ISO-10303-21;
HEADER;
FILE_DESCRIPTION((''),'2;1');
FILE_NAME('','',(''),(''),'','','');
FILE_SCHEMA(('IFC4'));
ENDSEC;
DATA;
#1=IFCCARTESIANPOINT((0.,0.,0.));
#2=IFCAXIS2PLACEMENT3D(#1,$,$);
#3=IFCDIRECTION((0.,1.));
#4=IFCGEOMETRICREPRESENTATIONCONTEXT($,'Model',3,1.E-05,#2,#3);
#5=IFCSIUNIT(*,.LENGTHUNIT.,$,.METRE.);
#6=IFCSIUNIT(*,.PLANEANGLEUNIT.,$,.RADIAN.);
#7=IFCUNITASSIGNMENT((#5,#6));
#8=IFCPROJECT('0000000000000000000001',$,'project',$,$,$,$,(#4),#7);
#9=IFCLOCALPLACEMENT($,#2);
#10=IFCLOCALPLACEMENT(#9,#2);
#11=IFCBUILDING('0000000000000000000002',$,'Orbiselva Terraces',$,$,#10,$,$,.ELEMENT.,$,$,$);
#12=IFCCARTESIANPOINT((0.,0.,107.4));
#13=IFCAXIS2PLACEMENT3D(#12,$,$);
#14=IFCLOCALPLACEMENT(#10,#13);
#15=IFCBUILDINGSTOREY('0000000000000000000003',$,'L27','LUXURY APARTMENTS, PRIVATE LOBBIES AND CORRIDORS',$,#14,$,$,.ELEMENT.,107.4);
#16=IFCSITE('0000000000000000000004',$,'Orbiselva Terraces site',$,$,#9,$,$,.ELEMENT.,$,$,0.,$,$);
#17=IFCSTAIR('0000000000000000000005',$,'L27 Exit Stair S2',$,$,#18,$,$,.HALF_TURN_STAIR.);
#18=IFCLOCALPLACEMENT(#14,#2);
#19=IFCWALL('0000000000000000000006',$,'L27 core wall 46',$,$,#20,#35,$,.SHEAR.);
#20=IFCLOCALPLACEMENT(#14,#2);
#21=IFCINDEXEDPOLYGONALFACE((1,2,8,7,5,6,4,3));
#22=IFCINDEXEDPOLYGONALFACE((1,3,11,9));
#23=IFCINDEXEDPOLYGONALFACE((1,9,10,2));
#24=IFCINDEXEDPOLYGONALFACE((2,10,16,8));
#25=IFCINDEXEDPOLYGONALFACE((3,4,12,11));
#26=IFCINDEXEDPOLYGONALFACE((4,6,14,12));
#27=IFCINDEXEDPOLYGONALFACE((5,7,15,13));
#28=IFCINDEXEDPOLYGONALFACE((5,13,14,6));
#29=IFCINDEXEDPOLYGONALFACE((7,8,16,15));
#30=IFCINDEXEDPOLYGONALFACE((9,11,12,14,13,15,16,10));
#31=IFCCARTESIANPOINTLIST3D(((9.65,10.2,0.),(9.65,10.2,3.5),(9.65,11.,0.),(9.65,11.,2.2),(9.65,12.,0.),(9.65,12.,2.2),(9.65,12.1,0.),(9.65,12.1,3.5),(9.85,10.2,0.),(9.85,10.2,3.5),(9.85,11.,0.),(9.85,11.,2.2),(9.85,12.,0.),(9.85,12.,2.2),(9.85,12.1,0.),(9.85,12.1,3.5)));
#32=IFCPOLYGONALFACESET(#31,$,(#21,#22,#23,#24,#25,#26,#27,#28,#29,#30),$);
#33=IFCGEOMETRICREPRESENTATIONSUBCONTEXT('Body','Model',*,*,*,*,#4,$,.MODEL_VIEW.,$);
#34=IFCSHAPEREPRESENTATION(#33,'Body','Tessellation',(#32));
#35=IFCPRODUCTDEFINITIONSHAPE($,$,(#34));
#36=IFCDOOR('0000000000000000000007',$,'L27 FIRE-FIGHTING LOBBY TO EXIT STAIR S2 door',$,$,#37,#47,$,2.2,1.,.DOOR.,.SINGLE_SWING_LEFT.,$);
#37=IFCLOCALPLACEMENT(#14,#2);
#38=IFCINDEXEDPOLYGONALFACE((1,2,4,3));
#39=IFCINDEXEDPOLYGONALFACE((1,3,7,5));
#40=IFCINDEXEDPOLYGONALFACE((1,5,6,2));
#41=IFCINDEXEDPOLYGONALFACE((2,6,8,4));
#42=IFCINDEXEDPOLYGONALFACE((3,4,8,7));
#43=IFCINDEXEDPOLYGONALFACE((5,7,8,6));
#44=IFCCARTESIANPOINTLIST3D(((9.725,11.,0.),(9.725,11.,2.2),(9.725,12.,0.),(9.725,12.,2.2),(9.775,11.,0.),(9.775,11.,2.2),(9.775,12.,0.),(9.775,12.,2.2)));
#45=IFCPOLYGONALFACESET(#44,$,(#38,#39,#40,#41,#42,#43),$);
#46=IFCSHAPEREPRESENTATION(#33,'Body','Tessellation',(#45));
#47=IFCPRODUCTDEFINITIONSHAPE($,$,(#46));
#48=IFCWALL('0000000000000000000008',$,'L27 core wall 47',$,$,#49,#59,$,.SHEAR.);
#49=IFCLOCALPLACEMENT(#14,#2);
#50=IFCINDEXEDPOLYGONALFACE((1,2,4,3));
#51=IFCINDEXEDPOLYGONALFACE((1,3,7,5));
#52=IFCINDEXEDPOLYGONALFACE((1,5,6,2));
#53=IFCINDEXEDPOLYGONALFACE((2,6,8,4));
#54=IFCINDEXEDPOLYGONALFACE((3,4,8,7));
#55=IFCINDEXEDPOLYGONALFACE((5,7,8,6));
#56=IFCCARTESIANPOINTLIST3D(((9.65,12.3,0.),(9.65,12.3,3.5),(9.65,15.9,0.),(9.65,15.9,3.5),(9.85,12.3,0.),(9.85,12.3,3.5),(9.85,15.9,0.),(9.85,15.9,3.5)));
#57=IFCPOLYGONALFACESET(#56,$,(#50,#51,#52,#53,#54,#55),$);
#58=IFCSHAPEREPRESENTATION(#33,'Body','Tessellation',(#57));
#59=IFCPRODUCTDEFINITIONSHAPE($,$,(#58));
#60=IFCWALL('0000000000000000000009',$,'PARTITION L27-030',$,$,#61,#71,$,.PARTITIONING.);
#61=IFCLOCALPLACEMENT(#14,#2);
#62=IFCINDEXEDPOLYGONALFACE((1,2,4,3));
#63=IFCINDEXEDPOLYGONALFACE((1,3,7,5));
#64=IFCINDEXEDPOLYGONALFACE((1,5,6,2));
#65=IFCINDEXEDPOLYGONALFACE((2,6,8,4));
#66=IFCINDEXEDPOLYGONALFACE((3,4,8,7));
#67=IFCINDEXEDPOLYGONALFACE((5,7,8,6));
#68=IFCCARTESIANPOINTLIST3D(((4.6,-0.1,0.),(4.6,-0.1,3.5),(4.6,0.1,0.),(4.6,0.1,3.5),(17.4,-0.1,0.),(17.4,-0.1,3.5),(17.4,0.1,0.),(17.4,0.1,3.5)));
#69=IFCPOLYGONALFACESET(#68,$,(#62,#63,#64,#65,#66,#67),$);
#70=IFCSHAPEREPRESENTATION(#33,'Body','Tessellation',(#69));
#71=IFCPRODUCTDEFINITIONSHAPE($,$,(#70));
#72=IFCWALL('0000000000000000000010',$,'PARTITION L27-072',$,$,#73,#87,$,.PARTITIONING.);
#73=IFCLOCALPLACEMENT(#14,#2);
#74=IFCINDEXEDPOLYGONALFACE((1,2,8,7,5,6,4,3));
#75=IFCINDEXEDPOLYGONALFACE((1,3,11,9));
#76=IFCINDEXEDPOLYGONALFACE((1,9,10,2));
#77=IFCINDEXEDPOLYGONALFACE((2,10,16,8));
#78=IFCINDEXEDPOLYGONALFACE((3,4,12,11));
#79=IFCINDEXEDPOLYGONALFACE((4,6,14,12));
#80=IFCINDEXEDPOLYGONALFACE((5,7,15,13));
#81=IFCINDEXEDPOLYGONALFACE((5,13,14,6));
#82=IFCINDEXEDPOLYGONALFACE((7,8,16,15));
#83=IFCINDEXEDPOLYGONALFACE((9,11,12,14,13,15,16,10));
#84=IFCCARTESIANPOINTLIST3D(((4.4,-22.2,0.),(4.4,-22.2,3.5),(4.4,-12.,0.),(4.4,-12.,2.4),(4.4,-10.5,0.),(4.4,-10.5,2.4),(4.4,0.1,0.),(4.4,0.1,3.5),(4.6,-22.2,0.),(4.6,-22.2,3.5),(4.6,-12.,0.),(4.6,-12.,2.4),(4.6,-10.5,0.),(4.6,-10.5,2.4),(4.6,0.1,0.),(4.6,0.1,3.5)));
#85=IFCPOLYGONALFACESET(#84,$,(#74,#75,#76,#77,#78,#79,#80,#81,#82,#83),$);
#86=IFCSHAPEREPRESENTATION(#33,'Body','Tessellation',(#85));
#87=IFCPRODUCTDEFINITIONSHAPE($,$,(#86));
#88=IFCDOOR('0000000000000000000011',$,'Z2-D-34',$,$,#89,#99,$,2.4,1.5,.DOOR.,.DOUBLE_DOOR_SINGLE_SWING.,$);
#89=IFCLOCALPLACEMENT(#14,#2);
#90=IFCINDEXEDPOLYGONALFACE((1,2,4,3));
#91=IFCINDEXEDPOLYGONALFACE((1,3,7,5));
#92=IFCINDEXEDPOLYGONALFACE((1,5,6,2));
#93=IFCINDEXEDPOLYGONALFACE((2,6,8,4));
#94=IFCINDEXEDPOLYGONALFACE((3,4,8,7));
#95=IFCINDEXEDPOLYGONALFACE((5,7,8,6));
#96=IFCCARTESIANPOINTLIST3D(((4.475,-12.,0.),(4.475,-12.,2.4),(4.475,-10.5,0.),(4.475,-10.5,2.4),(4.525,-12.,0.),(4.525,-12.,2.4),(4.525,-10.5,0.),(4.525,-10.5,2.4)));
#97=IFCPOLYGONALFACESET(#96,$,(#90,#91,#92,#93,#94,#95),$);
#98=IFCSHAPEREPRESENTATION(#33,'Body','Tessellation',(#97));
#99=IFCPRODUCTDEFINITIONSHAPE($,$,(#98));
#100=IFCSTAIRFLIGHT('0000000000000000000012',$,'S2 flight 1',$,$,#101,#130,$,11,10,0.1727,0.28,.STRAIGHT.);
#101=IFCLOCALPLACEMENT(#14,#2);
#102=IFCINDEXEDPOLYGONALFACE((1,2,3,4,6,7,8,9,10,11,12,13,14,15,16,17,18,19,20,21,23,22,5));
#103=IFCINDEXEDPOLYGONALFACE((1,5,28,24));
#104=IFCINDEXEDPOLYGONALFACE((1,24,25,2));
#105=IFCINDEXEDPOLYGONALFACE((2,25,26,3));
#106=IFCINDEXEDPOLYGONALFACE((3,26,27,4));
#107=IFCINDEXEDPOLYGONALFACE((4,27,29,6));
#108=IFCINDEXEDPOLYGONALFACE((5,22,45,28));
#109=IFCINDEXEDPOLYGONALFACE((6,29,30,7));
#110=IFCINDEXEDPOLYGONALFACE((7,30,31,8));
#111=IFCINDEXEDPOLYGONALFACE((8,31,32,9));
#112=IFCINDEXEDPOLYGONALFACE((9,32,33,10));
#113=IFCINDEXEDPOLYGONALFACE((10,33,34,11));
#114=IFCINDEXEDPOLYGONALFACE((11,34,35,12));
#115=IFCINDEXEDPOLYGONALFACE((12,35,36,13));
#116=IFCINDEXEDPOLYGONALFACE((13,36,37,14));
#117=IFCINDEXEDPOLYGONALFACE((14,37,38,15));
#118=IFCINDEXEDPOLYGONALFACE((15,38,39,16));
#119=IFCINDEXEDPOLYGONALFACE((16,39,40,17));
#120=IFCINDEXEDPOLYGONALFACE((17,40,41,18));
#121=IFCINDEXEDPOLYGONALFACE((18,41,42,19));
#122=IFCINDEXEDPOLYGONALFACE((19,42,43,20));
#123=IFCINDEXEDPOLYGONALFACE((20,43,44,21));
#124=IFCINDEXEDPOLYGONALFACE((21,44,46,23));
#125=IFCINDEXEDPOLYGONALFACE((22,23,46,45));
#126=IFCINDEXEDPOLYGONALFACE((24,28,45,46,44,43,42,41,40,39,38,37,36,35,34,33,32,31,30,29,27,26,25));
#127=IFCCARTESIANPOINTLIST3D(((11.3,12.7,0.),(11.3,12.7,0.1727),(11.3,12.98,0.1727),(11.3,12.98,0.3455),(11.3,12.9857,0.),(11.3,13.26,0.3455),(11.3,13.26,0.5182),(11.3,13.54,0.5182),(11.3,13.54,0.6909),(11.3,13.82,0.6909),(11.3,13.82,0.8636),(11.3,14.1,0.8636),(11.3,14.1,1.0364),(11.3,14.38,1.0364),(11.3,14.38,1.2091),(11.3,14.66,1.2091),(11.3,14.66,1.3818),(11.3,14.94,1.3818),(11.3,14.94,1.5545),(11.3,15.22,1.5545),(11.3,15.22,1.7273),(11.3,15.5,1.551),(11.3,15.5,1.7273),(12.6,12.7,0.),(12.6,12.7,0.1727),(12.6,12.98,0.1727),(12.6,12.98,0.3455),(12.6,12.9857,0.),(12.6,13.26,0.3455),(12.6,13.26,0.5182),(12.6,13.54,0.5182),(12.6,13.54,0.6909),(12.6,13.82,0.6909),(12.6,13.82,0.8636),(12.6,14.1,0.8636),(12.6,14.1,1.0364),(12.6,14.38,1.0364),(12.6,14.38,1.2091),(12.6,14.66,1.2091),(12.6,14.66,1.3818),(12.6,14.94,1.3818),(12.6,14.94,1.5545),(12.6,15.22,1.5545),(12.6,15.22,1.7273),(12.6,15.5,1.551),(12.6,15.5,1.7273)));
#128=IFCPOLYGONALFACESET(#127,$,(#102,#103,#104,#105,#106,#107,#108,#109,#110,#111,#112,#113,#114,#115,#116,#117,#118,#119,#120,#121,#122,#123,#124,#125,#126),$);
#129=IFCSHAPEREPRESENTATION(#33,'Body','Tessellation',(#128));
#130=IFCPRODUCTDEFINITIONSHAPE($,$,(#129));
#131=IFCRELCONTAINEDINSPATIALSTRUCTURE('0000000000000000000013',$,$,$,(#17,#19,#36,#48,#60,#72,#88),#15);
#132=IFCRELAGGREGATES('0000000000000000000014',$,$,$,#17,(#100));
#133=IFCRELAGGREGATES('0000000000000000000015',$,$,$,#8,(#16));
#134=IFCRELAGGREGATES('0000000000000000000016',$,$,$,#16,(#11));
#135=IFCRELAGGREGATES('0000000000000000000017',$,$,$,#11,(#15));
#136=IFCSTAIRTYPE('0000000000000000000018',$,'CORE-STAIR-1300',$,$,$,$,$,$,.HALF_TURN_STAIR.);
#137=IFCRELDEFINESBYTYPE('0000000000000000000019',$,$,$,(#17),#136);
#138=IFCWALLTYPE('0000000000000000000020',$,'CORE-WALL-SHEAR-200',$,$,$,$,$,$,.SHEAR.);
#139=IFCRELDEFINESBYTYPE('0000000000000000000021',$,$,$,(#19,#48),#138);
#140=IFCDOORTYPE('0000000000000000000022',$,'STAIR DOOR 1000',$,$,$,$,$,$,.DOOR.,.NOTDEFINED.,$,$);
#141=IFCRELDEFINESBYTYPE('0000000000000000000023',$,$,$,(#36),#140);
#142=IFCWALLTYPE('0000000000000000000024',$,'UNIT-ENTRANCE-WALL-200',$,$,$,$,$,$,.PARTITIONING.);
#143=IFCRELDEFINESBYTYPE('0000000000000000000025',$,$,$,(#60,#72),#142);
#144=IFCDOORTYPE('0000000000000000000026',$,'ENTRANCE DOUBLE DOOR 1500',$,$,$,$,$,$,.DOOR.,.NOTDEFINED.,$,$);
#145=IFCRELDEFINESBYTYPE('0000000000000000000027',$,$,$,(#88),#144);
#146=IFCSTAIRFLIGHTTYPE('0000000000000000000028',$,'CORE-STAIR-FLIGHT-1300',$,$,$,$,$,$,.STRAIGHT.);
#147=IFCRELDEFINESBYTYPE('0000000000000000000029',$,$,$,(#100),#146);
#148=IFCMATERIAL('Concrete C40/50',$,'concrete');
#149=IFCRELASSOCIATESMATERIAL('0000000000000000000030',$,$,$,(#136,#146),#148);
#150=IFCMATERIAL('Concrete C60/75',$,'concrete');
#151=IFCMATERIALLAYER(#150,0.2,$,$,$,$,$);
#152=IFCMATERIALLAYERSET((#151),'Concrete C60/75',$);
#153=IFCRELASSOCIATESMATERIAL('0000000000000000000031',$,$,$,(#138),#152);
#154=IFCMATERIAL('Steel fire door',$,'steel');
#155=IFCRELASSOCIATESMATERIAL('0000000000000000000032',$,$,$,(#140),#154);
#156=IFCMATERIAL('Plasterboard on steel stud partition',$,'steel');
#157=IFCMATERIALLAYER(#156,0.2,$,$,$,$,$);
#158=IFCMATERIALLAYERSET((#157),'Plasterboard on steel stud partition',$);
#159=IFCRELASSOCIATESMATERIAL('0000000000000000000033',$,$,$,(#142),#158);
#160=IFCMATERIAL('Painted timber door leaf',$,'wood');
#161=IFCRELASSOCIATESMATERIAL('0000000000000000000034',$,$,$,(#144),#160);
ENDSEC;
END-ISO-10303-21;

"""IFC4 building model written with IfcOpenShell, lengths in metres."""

from ifc_helpers import new_model, si_unit, direction, frame, frame_2d, origin, place, context, subcontext, project, spatial, polyline, rectangle, outline, extrude, material, layer, layer_set, type_object, element, fill, aggregate, save


model = new_model("IFC4")

# Units and contexts
model_context = context("Model", 3, precision=1e-05, world=origin(), true_north=direction((0.0, 1.0)))
body_context = subcontext(model_context, "Body", "Model", "MODEL_VIEW")
ifc_project = project(units=[si_unit("LENGTHUNIT", "METRE"), si_unit("PLANEANGLEUNIT", "RADIAN")], contexts=[model_context])

# Site, building, storey
site_placement = place(None, origin())
site = spatial("IfcSite", under=ifc_project, at=site_placement, Name="Orbiselva Terraces site", CompositionType="ELEMENT", RefElevation=0.0)
building_placement = place(site_placement, origin())
building = spatial("IfcBuilding", under=site, at=building_placement, Name="Orbiselva Terraces", CompositionType="ELEMENT")
storey_placement = place(building_placement, frame((0.0, 0.0, 107.4)))
storey = spatial("IfcBuildingStorey", under=building, at=storey_placement, Name="L27", Description="LUXURY APARTMENTS, PRIVATE LOBBIES AND CORRIDORS", CompositionType="ELEMENT", Elevation=107.4)

# Stair
ifc_material_1 = material(Name="Concrete C40/50", Category="concrete")
stair_type_1 = type_object("IfcStairType", Name="CORE-STAIR-1300", PredefinedType="HALF_TURN_STAIR", material=ifc_material_1)
stair_1_placement = place(storey_placement, origin())
stair_1 = element("IfcStair", 1, at=stair_1_placement, inside=storey, type_object=stair_type_1, Name="L27 Exit Stair S2", PredefinedType="HALF_TURN_STAIR")

# Shared definitions
ifc_material_2 = material(Name="Concrete C60/75", Category="concrete")
ifc_layer_1 = layer(ifc_material_2, 0.2)
ifc_layer_set_1 = layer_set([ifc_layer_1], Name="Concrete C60/75")
wall_type_1 = type_object("IfcWallType", Name="CORE-WALL-SHEAR-200", PredefinedType="SHEAR", material=ifc_layer_set_1)

# Wall, opening, door
wall_1_placement = place(storey_placement, frame((9.75, 12.1, 0.0), z_axis=(0.0, 0.0, 1.0), x_axis=(0.0, -1.0, 0.0)))
wall_1 = element("IfcWall", 2, at=wall_1_placement, inside=storey, type_object=wall_type_1, Name="L27 core wall 46", PredefinedType="SHEAR", context=body_context, shape_type="SweptSolid", body=[
    extrude(rectangle(XDim=1.9, YDim=0.2, at=frame_2d((0.95, 0.0))), origin(), (0.0, 0.0, 1.0), 3.5),
])
opening_1_placement = place(wall_1_placement, frame((0.1, 0.0, 0.0)))
opening_1 = element("IfcOpeningElement", 3, at=opening_1_placement, cuts=wall_1, PredefinedType="OPENING", context=body_context, shape_type="SweptSolid", body=[
    extrude(rectangle(XDim=1.0, YDim=2.2, at=frame_2d((0.5, 1.1))), frame((0.0, 0.11, 0.0), z_axis=(0.0, -1.0, 0.0), x_axis=(1.0, 0.0, 0.0)), (0.0, 0.0, 1.0), 0.22),
])
ifc_material_3 = material(Name="Steel fire door", Category="steel")
door_type_1 = type_object("IfcDoorType", Name="STAIR DOOR 1000", OperationType="NOTDEFINED", PredefinedType="DOOR", material=ifc_material_3)
door_1_placement = place(opening_1_placement, origin())
door_1 = element("IfcDoor", 4, at=door_1_placement, inside=storey, type_object=door_type_1, Name="L27 FIRE-FIGHTING LOBBY TO EXIT STAIR S2 door", OperationType="SINGLE_SWING_LEFT", OverallHeight=2.2, OverallWidth=1.0, PredefinedType="DOOR", context=body_context, shape_type="SweptSolid", body=[
    extrude(rectangle(XDim=1.0, YDim=2.2, at=frame_2d((0.5, 1.1))), frame((0.0, 0.025, 0.0), z_axis=(0.0, -1.0, 0.0), x_axis=(1.0, 0.0, 0.0)), (0.0, 0.0, 1.0), 0.05),
])
fill(opening_1, door_1)

# Walls
wall_2_placement = place(storey_placement, frame((9.75, 12.3, 0.0), z_axis=(0.0, 0.0, 1.0), x_axis=(0.0, 1.0, 0.0)))
element("IfcWall", 5, at=wall_2_placement, inside=storey, type_object=wall_type_1, Name="L27 core wall 47", PredefinedType="SHEAR", context=body_context, shape_type="SweptSolid", body=[
    extrude(rectangle(XDim=3.6, YDim=0.2, at=frame_2d((1.8, 0.0))), origin(), (0.0, 0.0, 1.0), 3.5),
])
ifc_material_4 = material(Name="Plasterboard on steel stud partition", Category="steel")
ifc_layer_2 = layer(ifc_material_4, 0.2)
ifc_layer_set_2 = layer_set([ifc_layer_2], Name="Plasterboard on steel stud partition")
wall_type_2 = type_object("IfcWallType", Name="UNIT-ENTRANCE-WALL-200", PredefinedType="PARTITIONING", material=ifc_layer_set_2)
wall_3_placement = place(storey_placement, frame((4.6, 0.0, 0.0), z_axis=(0.0, 0.0, 1.0), x_axis=(1.0, 0.0, 0.0)))
element("IfcWall", 6, at=wall_3_placement, inside=storey, type_object=wall_type_2, Name="PARTITION L27-030", PredefinedType="PARTITIONING", context=body_context, shape_type="SweptSolid", body=[
    extrude(rectangle(XDim=12.8, YDim=0.2, at=frame_2d((6.4, 0.0))), origin(), (0.0, 0.0, 1.0), 3.5),
])

# Wall, opening, door
wall_4_placement = place(storey_placement, frame((4.5, 0.1, 0.0), z_axis=(0.0, 0.0, 1.0), x_axis=(0.0, -1.0, 0.0)))
wall_4 = element("IfcWall", 7, at=wall_4_placement, inside=storey, type_object=wall_type_2, Name="PARTITION L27-072", PredefinedType="PARTITIONING", context=body_context, shape_type="SweptSolid", body=[
    extrude(rectangle(XDim=22.3, YDim=0.2, at=frame_2d((11.15, 0.0))), origin(), (0.0, 0.0, 1.0), 3.5),
])
opening_2_placement = place(wall_4_placement, frame((10.6, 0.0, 0.0)))
opening_2 = element("IfcOpeningElement", 8, at=opening_2_placement, cuts=wall_4, PredefinedType="OPENING", context=body_context, shape_type="SweptSolid", body=[
    extrude(rectangle(XDim=1.5, YDim=2.4, at=frame_2d((0.75, 1.2))), frame((0.0, 0.11, 0.0), z_axis=(0.0, -1.0, 0.0), x_axis=(1.0, 0.0, 0.0)), (0.0, 0.0, 1.0), 0.22),
])
ifc_material_5 = material(Name="Painted timber door leaf", Category="wood")
door_type_2 = type_object("IfcDoorType", Name="ENTRANCE DOUBLE DOOR 1500", OperationType="NOTDEFINED", PredefinedType="DOOR", material=ifc_material_5)
door_2_placement = place(opening_2_placement, origin())
door_2 = element("IfcDoor", 9, at=door_2_placement, inside=storey, type_object=door_type_2, Name="Z2-D-34", OperationType="DOUBLE_DOOR_SINGLE_SWING", OverallHeight=2.4, OverallWidth=1.5, PredefinedType="DOOR", context=body_context, shape_type="SweptSolid", body=[
    extrude(rectangle(XDim=1.5, YDim=2.4, at=frame_2d((0.75, 1.2))), frame((0.0, 0.025, 0.0), z_axis=(0.0, -1.0, 0.0), x_axis=(1.0, 0.0, 0.0)), (0.0, 0.0, 1.0), 0.05),
])
fill(opening_2, door_2)

# Stair flight
stair_flight_type = type_object("IfcStairFlightType", Name="CORE-STAIR-FLIGHT-1300", PredefinedType="STRAIGHT", material=ifc_material_1)
stair_flight_placement = place(storey_placement, frame((11.95, 12.7, 0.0), z_axis=(0.0, 0.0, 1.0), x_axis=(0.0, 1.0, 0.0)))
stair_flight = element("IfcStairFlight", 10, at=stair_flight_placement, type_object=stair_flight_type, Name="S2 flight 1", NumberOfRisers=11, NumberOfTreads=10, PredefinedType="STRAIGHT", RiserHeight=0.1727, TreadLength=0.28, context=body_context, shape_type="SweptSolid", body=[
    extrude(outline(polyline([(0.0, 0.0), (0.0, 0.1727), (0.28, 0.1727), (0.28, 0.3455), (0.56, 0.3455), (0.56, 0.5182), (0.84, 0.5182), (0.84, 0.6909), (1.12, 0.6909), (1.12, 0.8636), (1.4, 0.8636), (1.4, 1.0364), (1.68, 1.0364), (1.68, 1.2091), (1.96, 1.2091), (1.96, 1.3818), (2.24, 1.3818), (2.24, 1.5545), (2.52, 1.5545), (2.52, 1.7273), (2.8, 1.7273), (2.8, 1.9), (2.8, 1.551), (0.2857, 0.0), (0.0, 0.0)])), frame((0.0, 0.65, 0.0), z_axis=(0.0, -1.0, 0.0), x_axis=(1.0, 0.0, 0.0)), (0.0, 0.0, 1.0), 1.3),
])
aggregate(stair_1, [stair_flight])

save(model, "model.ifc")
